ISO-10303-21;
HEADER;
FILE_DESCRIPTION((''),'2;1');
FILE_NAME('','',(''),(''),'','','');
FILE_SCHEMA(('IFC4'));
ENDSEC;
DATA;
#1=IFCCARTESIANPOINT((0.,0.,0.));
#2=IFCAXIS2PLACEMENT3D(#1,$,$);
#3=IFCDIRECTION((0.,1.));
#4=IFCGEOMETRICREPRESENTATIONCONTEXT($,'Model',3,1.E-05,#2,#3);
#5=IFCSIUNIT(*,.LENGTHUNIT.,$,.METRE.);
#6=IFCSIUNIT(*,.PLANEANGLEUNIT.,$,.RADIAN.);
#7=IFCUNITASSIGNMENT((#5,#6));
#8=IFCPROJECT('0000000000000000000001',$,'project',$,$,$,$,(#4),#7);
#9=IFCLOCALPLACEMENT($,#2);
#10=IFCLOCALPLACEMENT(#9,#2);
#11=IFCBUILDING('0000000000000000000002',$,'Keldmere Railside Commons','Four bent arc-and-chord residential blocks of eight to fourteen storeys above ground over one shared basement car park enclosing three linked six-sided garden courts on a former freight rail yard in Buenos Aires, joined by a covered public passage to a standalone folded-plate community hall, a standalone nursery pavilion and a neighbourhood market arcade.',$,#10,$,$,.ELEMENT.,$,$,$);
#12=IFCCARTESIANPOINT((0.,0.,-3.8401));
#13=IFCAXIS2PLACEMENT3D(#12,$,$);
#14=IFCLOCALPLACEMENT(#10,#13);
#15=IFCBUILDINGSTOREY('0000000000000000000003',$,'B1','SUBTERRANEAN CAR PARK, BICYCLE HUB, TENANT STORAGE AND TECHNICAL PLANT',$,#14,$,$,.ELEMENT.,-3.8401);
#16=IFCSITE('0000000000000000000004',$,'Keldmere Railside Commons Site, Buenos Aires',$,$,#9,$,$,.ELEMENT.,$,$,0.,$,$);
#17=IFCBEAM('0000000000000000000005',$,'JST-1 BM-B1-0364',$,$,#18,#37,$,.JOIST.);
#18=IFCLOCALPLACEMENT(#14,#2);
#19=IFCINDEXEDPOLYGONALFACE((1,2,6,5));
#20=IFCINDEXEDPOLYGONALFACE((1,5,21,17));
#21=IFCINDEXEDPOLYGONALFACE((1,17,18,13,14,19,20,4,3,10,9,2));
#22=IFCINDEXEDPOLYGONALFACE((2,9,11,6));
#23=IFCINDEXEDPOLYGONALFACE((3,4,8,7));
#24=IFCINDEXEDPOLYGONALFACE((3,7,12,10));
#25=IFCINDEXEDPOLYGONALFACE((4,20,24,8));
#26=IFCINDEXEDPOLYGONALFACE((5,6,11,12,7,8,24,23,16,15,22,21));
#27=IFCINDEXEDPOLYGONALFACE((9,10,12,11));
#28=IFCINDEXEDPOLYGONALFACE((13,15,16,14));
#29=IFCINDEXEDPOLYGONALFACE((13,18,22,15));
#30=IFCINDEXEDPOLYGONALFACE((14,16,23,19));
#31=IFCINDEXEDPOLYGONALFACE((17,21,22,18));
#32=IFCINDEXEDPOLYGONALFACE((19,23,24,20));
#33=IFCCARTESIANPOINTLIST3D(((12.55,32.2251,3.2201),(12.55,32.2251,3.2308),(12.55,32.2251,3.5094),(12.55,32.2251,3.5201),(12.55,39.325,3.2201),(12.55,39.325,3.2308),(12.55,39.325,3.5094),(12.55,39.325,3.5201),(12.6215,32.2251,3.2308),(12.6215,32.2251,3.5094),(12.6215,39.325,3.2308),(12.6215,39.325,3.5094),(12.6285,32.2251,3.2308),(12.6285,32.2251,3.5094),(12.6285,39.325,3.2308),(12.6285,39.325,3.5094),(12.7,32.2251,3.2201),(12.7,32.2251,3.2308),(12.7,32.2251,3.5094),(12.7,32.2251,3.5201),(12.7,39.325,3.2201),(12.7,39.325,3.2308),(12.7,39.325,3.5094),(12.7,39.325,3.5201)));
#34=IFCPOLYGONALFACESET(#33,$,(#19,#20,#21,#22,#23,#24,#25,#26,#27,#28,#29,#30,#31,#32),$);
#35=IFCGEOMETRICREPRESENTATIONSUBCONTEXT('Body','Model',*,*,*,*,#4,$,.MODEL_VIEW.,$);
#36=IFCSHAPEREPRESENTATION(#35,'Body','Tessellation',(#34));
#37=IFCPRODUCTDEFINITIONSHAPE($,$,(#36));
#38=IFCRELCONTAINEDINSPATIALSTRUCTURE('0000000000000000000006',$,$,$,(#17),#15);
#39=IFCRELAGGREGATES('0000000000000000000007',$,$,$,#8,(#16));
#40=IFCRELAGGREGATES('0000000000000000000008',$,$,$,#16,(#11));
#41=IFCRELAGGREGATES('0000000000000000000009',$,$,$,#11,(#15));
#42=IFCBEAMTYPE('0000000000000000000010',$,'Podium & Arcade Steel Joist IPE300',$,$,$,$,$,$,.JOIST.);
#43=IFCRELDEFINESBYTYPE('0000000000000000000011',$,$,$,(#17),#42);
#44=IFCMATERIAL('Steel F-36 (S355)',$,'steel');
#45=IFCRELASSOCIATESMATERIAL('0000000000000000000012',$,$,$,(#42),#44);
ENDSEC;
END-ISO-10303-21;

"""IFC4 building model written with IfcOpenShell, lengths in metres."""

from ifc_helpers import new_model, si_unit, direction, frame, origin, origin_2d, place, context, subcontext, project, spatial, i_section, extrude, material, material_profile, profile_set, type_object, element, save


model = new_model("IFC4")

# Units and contexts
model_context = context("Model", 3, precision=1e-05, world=origin(), true_north=direction((0.0, 1.0)))
body_context = subcontext(model_context, "Body", "Model", "MODEL_VIEW")
ifc_project = project(units=[si_unit("LENGTHUNIT", "METRE"), si_unit("PLANEANGLEUNIT", "RADIAN")], contexts=[model_context])

# Site, building, storey
site_placement = place(None, origin())
site = spatial("IfcSite", under=ifc_project, at=site_placement, Name="Keldmere Railside Commons Site, Buenos Aires", CompositionType="ELEMENT", RefElevation=0.0)
building_placement = place(site_placement, origin())
building = spatial("IfcBuilding", under=site, at=building_placement, Name="Keldmere Railside Commons", Description="Four bent arc-and-chord residential blocks of eight to fourteen storeys above ground over one shared basement car park enclosing three linked six-sided garden courts on a former freight rail yard in Buenos Aires, joined by a covered public passage to a standalone folded-plate community hall, a standalone nursery pavilion and a neighbourhood market arcade.", CompositionType="ELEMENT")
storey_placement = place(building_placement, frame((0.0, 0.0, -3.8401)))
storey = spatial("IfcBuildingStorey", under=building, at=storey_placement, Name="B1", Description="SUBTERRANEAN CAR PARK, BICYCLE HUB, TENANT STORAGE AND TECHNICAL PLANT", CompositionType="ELEMENT", Elevation=-3.8401)

# Beam
ifc_material_1 = material(Name="Steel F-36 (S355)", Category="steel")
ifc_material_profile_1 = material_profile(ifc_material_1, i_section(OverallWidth=0.1499, OverallDepth=0.3, WebThickness=0.0071, FlangeThickness=0.0107, at=origin_2d()), Name="IPE-300")
ifc_profile_set_1 = profile_set([ifc_material_profile_1], Name="Steel F-36 (S355)")
beam_type_1 = type_object("IfcBeamType", Name="Podium & Arcade Steel Joist IPE300", PredefinedType="JOIST", material=ifc_profile_set_1)
beam_1_placement = place(storey_placement, frame((12.625, 32.2251, 3.3701), z_axis=(0.0, 1.0, 0.0), x_axis=(-1.0, 0.0, 0.0)))
element("IfcBeam", 1, at=beam_1_placement, inside=storey, type_object=beam_type_1, Name="JST-1 BM-B1-0364", PredefinedType="JOIST", context=body_context, shape_type="SweptSolid", body=[
    extrude(i_section(OverallWidth=0.1499, OverallDepth=0.3, WebThickness=0.0071, FlangeThickness=0.0107, at=origin_2d()), origin(), (0.0, 0.0, 1.0), 7.0999),
])

save(model, "model.ifc")
